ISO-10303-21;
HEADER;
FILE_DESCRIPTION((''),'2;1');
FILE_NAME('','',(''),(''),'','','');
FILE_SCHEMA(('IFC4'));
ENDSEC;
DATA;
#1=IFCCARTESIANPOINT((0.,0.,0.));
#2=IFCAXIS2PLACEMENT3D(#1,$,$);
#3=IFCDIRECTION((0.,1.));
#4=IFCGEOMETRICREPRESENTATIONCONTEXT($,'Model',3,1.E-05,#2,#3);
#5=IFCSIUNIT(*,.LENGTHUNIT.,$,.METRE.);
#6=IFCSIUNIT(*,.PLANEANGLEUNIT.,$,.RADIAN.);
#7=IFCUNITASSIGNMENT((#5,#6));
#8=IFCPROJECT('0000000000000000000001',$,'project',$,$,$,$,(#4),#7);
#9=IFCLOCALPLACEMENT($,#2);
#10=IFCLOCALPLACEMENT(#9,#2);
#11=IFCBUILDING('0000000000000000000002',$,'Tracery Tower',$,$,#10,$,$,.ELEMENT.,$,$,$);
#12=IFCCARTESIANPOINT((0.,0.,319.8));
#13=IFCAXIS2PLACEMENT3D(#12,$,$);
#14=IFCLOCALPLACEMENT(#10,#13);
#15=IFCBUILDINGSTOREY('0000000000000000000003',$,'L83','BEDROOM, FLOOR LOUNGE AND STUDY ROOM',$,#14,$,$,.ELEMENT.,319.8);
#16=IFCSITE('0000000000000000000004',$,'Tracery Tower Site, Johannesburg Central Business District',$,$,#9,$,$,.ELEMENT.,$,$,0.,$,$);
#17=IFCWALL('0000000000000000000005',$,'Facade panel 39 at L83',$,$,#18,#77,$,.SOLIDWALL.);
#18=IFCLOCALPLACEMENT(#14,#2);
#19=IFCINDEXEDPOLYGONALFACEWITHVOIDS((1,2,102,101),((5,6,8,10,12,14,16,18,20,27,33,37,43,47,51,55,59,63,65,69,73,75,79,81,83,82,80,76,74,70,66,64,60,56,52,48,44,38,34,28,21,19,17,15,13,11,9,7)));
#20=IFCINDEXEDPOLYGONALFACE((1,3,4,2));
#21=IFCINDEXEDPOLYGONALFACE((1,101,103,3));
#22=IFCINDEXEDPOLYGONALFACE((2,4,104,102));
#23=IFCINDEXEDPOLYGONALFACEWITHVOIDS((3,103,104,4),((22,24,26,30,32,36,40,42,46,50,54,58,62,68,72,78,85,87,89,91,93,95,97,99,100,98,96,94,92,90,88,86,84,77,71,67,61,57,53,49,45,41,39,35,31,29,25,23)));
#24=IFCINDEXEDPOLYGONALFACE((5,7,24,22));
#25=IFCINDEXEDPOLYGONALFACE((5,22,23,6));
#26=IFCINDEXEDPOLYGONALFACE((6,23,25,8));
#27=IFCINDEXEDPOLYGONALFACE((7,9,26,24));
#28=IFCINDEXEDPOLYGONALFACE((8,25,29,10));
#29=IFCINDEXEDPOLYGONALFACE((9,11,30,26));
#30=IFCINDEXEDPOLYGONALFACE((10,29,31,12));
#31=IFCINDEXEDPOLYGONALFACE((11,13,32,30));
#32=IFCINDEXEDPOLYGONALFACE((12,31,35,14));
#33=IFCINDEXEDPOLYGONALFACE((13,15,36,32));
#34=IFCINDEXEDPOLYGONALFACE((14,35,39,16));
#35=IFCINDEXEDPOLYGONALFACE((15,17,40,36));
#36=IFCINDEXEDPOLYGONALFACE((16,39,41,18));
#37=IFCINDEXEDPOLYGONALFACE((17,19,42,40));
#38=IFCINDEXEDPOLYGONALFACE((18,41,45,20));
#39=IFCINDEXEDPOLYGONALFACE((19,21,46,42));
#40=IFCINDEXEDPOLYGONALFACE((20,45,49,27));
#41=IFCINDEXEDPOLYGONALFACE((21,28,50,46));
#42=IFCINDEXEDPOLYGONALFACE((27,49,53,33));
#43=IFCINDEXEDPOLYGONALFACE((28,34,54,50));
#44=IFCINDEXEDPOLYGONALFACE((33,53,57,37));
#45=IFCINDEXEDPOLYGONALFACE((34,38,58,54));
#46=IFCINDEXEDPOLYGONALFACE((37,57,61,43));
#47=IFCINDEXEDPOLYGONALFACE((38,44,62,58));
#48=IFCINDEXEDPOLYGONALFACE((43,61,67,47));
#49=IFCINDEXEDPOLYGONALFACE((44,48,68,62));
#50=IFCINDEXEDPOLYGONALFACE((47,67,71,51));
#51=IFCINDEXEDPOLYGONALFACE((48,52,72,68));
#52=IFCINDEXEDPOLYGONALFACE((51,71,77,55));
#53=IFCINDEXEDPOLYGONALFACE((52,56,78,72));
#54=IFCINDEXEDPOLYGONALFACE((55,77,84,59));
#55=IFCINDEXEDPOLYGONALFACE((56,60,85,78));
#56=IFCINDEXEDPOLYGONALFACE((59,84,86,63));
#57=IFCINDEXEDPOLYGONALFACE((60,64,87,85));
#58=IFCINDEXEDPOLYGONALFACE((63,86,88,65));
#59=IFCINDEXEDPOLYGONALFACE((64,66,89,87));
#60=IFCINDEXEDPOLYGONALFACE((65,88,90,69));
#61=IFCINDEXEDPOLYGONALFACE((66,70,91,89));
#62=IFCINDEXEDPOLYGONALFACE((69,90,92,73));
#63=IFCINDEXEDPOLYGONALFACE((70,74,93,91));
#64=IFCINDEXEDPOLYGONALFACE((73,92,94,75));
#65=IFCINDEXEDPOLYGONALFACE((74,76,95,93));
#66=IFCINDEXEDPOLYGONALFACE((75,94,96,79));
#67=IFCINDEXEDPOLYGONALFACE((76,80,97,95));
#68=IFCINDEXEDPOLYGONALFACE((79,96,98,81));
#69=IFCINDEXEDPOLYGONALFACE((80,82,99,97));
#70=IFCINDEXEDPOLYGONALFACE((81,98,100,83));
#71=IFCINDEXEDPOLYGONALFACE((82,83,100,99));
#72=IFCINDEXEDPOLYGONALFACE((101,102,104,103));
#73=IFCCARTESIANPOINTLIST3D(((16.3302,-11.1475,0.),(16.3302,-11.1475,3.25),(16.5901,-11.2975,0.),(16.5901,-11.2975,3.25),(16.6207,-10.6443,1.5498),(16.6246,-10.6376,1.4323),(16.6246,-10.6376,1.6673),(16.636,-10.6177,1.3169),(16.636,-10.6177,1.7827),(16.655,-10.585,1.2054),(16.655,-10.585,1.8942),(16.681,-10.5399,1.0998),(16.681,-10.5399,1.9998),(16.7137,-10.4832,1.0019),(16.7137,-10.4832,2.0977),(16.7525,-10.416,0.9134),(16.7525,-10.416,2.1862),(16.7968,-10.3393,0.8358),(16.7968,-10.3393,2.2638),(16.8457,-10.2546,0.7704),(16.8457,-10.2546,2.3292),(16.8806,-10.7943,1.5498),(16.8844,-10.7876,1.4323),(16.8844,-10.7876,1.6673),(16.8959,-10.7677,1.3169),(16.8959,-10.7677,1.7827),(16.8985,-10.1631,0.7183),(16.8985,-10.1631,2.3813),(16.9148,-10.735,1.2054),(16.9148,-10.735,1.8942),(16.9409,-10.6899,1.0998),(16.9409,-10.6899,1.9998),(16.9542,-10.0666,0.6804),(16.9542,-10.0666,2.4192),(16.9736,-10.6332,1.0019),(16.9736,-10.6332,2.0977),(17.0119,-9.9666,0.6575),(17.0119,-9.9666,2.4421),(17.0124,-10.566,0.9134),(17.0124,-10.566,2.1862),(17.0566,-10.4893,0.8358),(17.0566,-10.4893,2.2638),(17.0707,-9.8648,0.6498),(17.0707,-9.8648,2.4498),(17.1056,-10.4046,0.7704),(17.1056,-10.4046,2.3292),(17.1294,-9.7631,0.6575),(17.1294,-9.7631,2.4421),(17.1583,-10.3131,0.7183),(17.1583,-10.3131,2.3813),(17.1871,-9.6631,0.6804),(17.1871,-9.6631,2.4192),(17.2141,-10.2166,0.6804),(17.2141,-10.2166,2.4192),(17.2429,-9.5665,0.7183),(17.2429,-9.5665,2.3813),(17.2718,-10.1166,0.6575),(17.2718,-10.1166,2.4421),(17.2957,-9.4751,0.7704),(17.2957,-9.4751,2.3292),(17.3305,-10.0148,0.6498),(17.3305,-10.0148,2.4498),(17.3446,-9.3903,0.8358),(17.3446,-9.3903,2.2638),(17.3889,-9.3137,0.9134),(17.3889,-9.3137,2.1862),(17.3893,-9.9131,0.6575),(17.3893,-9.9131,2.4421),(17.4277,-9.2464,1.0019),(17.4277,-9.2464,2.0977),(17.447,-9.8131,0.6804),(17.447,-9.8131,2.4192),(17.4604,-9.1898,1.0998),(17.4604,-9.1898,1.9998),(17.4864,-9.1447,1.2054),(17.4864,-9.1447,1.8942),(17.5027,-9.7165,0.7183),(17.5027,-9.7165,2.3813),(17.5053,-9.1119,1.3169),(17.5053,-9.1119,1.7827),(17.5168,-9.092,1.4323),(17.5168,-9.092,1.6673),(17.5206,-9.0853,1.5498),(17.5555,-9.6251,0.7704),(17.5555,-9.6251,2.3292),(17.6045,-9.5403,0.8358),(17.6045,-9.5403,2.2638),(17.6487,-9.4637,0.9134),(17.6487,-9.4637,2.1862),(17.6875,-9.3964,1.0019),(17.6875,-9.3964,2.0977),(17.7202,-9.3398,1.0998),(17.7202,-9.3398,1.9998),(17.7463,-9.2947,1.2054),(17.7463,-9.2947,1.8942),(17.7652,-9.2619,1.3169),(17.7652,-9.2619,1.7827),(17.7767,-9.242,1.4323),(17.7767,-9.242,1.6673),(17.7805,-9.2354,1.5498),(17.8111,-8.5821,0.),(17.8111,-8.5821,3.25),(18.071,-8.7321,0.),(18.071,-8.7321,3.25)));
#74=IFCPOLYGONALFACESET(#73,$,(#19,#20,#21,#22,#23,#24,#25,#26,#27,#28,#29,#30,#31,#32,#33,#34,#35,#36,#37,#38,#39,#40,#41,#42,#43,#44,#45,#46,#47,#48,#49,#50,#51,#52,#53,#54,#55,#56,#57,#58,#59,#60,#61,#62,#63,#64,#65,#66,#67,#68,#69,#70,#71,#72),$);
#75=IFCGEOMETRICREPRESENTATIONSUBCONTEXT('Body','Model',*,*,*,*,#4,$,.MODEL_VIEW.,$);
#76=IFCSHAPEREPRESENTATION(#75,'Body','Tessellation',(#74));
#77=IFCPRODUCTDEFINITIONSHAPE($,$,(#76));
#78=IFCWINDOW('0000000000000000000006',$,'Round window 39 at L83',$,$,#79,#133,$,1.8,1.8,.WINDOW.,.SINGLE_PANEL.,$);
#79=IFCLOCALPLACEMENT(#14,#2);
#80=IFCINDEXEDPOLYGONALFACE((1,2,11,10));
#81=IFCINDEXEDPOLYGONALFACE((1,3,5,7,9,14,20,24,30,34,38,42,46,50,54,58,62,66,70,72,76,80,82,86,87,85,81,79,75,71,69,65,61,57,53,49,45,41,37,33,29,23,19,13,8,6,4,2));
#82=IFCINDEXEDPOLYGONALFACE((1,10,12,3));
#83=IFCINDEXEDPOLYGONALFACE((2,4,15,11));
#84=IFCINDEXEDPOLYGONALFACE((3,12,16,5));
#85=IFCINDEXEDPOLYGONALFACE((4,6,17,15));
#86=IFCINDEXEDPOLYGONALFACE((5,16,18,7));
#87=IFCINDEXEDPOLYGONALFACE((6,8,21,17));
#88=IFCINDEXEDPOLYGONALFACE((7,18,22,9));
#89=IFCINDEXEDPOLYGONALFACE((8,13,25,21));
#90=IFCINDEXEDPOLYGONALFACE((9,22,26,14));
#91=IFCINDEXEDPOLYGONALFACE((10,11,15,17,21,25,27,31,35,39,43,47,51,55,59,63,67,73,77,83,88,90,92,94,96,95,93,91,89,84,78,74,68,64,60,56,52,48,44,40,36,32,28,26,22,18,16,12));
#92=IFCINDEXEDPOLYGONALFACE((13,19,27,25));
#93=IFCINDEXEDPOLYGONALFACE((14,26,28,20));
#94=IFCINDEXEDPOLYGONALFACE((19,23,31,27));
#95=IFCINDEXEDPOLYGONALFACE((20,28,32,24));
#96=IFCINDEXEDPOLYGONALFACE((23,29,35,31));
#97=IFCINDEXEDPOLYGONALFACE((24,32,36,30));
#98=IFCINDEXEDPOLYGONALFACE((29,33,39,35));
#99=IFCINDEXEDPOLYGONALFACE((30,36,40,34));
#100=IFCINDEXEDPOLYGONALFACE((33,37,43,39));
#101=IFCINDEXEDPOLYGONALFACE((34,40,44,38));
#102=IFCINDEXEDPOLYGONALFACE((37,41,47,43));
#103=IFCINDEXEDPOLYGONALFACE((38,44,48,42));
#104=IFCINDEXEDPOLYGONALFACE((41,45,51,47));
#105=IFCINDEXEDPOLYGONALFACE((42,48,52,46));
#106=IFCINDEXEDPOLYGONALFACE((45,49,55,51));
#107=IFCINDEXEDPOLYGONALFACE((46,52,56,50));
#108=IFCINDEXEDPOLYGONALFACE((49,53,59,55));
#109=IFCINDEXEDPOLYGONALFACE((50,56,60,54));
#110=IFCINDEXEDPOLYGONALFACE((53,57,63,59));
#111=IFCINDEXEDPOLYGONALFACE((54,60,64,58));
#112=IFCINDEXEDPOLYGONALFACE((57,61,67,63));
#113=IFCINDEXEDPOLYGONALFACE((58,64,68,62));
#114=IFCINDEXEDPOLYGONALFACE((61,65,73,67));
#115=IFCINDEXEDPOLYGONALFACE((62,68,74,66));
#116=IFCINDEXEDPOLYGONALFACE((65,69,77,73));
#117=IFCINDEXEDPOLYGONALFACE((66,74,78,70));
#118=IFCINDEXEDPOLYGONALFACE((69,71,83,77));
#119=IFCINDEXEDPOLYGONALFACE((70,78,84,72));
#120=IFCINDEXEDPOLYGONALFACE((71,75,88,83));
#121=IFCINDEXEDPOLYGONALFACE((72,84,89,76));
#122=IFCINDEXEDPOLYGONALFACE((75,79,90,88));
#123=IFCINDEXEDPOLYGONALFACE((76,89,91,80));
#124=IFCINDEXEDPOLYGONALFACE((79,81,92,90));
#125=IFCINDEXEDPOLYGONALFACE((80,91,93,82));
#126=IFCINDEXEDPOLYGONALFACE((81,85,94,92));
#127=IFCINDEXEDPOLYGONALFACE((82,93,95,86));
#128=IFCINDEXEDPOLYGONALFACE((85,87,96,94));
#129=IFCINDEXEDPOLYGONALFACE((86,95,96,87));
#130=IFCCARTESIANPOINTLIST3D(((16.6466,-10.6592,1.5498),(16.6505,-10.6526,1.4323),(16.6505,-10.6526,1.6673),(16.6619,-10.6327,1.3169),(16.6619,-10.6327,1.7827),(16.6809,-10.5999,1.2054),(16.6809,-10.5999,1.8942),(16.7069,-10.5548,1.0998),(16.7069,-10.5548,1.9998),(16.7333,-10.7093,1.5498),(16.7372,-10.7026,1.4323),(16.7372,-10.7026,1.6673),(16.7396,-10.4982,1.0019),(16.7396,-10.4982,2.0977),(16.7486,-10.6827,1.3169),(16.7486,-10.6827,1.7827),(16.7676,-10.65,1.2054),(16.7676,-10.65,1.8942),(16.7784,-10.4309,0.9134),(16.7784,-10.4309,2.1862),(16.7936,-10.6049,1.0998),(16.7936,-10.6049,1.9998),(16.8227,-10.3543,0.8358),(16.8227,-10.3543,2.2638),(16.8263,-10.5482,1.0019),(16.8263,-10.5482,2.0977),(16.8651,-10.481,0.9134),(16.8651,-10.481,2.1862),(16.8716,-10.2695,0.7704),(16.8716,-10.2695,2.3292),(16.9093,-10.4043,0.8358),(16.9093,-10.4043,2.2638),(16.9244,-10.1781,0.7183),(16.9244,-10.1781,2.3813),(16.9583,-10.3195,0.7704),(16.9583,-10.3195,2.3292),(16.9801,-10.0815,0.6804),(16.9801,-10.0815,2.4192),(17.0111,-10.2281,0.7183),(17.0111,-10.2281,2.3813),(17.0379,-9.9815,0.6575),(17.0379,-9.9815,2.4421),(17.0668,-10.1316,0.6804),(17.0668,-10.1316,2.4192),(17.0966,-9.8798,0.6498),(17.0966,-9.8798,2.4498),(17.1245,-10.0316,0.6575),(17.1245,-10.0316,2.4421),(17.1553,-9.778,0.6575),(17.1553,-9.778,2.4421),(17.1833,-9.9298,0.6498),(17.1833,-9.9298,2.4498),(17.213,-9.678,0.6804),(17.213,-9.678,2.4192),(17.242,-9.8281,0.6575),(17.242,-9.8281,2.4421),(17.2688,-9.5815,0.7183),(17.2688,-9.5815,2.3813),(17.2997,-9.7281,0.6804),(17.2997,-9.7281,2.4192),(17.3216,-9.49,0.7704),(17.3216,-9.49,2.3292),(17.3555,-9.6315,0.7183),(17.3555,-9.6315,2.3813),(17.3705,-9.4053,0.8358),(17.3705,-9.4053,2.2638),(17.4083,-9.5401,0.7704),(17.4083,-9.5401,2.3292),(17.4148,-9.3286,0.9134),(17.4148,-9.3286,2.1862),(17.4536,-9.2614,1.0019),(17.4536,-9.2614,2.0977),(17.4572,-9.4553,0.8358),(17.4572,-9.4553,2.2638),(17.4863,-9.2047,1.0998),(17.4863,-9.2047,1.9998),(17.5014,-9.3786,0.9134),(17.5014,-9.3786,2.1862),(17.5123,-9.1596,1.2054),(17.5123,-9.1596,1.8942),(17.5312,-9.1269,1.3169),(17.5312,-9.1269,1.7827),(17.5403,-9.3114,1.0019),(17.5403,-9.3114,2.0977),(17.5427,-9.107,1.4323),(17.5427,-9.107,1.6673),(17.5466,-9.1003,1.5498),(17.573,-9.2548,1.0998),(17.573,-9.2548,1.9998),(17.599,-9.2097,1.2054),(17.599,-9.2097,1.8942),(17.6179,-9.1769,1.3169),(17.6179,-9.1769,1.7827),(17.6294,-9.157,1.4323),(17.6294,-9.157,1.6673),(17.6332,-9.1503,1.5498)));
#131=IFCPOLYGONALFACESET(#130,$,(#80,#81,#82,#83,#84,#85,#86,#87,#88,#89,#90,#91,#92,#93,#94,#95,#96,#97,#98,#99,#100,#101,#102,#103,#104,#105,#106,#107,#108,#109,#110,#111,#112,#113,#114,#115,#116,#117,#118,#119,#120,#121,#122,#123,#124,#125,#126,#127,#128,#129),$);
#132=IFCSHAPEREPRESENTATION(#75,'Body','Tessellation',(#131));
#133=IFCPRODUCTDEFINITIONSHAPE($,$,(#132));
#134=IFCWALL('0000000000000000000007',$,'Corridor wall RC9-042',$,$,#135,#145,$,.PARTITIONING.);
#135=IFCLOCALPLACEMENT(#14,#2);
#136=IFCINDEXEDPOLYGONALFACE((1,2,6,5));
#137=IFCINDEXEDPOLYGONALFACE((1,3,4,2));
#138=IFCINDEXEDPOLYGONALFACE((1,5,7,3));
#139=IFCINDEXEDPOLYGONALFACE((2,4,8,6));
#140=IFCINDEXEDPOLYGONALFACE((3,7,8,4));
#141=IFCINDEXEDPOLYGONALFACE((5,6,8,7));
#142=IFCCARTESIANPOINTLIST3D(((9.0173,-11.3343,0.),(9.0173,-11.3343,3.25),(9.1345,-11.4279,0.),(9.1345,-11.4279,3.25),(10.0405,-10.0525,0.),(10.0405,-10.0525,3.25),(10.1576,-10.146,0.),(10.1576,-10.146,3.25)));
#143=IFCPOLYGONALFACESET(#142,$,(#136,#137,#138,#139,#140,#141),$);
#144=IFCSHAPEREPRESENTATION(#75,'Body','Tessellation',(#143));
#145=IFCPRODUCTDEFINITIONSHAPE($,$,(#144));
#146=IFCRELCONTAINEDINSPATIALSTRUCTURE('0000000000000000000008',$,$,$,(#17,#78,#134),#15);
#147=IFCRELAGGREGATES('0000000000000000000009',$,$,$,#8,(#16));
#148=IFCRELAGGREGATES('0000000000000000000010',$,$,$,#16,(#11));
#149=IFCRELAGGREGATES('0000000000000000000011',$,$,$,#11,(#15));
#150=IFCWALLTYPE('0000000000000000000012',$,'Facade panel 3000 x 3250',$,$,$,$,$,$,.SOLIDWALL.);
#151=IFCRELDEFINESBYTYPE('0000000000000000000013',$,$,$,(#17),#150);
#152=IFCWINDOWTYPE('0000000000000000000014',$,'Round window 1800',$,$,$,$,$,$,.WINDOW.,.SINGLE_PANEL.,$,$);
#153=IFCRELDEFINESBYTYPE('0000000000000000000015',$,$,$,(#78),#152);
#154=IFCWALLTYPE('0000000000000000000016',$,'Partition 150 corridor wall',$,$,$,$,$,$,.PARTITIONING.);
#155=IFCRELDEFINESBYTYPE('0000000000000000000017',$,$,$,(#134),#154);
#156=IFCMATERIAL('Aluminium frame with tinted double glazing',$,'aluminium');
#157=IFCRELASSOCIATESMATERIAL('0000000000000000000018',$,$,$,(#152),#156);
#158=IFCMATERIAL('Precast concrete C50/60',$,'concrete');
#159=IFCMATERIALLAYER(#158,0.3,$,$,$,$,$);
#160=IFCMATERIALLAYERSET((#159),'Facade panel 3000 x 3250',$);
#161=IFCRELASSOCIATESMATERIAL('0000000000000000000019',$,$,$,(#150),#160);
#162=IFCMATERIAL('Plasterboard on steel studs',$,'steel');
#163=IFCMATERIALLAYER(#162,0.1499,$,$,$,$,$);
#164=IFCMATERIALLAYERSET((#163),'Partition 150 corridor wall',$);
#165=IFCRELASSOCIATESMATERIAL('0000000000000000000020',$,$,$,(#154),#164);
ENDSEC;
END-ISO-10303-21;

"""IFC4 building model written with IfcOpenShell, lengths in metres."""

from ifc_helpers import new_model, si_unit, direction, frame, frame_2d, origin, origin_2d, place, context, subcontext, project, spatial, rectangle, circle, extrude, material, layer, layer_set, type_object, element, fill, save


model = new_model("IFC4")

# Units and contexts
model_context = context("Model", 3, precision=1e-05, world=origin(), true_north=direction((0.0, 1.0)))
body_context = subcontext(model_context, "Body", "Model", "MODEL_VIEW")
ifc_project = project(units=[si_unit("LENGTHUNIT", "METRE"), si_unit("PLANEANGLEUNIT", "RADIAN")], contexts=[model_context])

# Site, building, storey
site_placement = place(None, origin())
site = spatial("IfcSite", under=ifc_project, at=site_placement, Name="Tracery Tower Site, Johannesburg Central Business District", CompositionType="ELEMENT", RefElevation=0.0)
building_placement = place(site_placement, origin())
building = spatial("IfcBuilding", under=site, at=building_placement, Name="Tracery Tower", CompositionType="ELEMENT")
storey_placement = place(building_placement, frame((0.0, 0.0, 319.8)))
storey = spatial("IfcBuildingStorey", under=building, at=storey_placement, Name="L83", Description="BEDROOM, FLOOR LOUNGE AND STUDY ROOM", CompositionType="ELEMENT", Elevation=319.8)

# Wall, opening, window
ifc_material_1 = material(Name="Aluminium frame with tinted double glazing", Category="aluminium")
window_type = type_object("IfcWindowType", Name="Round window 1800", PartitioningType="SINGLE_PANEL", PredefinedType="WINDOW", material=ifc_material_1)
ifc_material_2 = material(Name="Precast concrete C50/60", Category="concrete")
ifc_layer_1 = layer(ifc_material_2, 0.3)
ifc_layer_set_1 = layer_set([ifc_layer_1], Name="Facade panel 3000 x 3250")
wall_type_1 = type_object("IfcWallType", Name="Facade panel 3000 x 3250", PredefinedType="SOLIDWALL", material=ifc_layer_set_1)
wall_1_placement = place(storey_placement, frame((16.4602, -11.2224, 0.0), z_axis=(0.0, 0.0, 1.0), x_axis=(0.499951, 0.866054, 0.0)))
wall_1 = element("IfcWall", 1, at=wall_1_placement, inside=storey, type_object=wall_type_1, Name="Facade panel 39 at L83", PredefinedType="SOLIDWALL", context=body_context, shape_type="SweptSolid", body=[
    extrude(rectangle(XDim=2.9622, YDim=0.3, at=frame_2d((1.481, 0.0))), origin(), (0.0, 0.0, 1.0), 3.25),
])
opening_1_placement = place(wall_1_placement, frame((1.481, 0.0, 1.5498)))
opening_1 = element("IfcOpeningElement", 2, at=opening_1_placement, cuts=wall_1, PredefinedType="OPENING", context=body_context, shape_type="SweptSolid", body=[
    extrude(circle(Radius=0.9, at=origin_2d()), frame((0.0, 0.1599, 0.0), z_axis=(0.0, -1.0, 0.0), x_axis=(1.0, 0.0, 0.0)), (0.0, 0.0, 1.0), 0.3201),
])
window_1_placement = place(opening_1_placement, origin())
window_1 = element("IfcWindow", 3, at=window_1_placement, inside=storey, type_object=window_type, Name="Round window 39 at L83", OverallHeight=1.8, OverallWidth=1.8, PartitioningType="SINGLE_PANEL", PredefinedType="WINDOW", context=body_context, shape_type="SweptSolid", body=[
    extrude(circle(Radius=0.9, at=origin_2d()), frame((0.0, 0.1201, 0.0), z_axis=(0.0, -1.0, 0.0), x_axis=(1.0, 0.0, 0.0)), (0.0, 0.0, 1.0), 0.1001),
])
fill(opening_1, window_1)

# Wall
ifc_material_3 = material(Name="Plasterboard on steel studs", Category="steel")
ifc_layer_2 = layer(ifc_material_3, 0.1499)
ifc_layer_set_2 = layer_set([ifc_layer_2], Name="Partition 150 corridor wall")
wall_type_2 = type_object("IfcWallType", Name="Partition 150 corridor wall", PredefinedType="PARTITIONING", material=ifc_layer_set_2)
wall_2_placement = place(storey_placement, frame((9.0759, -11.3811, 0.0), z_axis=(0.0, 0.0, 1.0), x_axis=(0.623805, 0.78158, 0.0)))
element("IfcWall", 4, at=wall_2_placement, inside=storey, type_object=wall_type_2, Name="Corridor wall RC9-042", PredefinedType="PARTITIONING", context=body_context, shape_type="SweptSolid", body=[
    extrude(rectangle(XDim=1.6401, YDim=0.1499, at=frame_2d((0.8201, 0.0))), origin(), (0.0, 0.0, 1.0), 3.25),
])

save(model, "model.ifc")
